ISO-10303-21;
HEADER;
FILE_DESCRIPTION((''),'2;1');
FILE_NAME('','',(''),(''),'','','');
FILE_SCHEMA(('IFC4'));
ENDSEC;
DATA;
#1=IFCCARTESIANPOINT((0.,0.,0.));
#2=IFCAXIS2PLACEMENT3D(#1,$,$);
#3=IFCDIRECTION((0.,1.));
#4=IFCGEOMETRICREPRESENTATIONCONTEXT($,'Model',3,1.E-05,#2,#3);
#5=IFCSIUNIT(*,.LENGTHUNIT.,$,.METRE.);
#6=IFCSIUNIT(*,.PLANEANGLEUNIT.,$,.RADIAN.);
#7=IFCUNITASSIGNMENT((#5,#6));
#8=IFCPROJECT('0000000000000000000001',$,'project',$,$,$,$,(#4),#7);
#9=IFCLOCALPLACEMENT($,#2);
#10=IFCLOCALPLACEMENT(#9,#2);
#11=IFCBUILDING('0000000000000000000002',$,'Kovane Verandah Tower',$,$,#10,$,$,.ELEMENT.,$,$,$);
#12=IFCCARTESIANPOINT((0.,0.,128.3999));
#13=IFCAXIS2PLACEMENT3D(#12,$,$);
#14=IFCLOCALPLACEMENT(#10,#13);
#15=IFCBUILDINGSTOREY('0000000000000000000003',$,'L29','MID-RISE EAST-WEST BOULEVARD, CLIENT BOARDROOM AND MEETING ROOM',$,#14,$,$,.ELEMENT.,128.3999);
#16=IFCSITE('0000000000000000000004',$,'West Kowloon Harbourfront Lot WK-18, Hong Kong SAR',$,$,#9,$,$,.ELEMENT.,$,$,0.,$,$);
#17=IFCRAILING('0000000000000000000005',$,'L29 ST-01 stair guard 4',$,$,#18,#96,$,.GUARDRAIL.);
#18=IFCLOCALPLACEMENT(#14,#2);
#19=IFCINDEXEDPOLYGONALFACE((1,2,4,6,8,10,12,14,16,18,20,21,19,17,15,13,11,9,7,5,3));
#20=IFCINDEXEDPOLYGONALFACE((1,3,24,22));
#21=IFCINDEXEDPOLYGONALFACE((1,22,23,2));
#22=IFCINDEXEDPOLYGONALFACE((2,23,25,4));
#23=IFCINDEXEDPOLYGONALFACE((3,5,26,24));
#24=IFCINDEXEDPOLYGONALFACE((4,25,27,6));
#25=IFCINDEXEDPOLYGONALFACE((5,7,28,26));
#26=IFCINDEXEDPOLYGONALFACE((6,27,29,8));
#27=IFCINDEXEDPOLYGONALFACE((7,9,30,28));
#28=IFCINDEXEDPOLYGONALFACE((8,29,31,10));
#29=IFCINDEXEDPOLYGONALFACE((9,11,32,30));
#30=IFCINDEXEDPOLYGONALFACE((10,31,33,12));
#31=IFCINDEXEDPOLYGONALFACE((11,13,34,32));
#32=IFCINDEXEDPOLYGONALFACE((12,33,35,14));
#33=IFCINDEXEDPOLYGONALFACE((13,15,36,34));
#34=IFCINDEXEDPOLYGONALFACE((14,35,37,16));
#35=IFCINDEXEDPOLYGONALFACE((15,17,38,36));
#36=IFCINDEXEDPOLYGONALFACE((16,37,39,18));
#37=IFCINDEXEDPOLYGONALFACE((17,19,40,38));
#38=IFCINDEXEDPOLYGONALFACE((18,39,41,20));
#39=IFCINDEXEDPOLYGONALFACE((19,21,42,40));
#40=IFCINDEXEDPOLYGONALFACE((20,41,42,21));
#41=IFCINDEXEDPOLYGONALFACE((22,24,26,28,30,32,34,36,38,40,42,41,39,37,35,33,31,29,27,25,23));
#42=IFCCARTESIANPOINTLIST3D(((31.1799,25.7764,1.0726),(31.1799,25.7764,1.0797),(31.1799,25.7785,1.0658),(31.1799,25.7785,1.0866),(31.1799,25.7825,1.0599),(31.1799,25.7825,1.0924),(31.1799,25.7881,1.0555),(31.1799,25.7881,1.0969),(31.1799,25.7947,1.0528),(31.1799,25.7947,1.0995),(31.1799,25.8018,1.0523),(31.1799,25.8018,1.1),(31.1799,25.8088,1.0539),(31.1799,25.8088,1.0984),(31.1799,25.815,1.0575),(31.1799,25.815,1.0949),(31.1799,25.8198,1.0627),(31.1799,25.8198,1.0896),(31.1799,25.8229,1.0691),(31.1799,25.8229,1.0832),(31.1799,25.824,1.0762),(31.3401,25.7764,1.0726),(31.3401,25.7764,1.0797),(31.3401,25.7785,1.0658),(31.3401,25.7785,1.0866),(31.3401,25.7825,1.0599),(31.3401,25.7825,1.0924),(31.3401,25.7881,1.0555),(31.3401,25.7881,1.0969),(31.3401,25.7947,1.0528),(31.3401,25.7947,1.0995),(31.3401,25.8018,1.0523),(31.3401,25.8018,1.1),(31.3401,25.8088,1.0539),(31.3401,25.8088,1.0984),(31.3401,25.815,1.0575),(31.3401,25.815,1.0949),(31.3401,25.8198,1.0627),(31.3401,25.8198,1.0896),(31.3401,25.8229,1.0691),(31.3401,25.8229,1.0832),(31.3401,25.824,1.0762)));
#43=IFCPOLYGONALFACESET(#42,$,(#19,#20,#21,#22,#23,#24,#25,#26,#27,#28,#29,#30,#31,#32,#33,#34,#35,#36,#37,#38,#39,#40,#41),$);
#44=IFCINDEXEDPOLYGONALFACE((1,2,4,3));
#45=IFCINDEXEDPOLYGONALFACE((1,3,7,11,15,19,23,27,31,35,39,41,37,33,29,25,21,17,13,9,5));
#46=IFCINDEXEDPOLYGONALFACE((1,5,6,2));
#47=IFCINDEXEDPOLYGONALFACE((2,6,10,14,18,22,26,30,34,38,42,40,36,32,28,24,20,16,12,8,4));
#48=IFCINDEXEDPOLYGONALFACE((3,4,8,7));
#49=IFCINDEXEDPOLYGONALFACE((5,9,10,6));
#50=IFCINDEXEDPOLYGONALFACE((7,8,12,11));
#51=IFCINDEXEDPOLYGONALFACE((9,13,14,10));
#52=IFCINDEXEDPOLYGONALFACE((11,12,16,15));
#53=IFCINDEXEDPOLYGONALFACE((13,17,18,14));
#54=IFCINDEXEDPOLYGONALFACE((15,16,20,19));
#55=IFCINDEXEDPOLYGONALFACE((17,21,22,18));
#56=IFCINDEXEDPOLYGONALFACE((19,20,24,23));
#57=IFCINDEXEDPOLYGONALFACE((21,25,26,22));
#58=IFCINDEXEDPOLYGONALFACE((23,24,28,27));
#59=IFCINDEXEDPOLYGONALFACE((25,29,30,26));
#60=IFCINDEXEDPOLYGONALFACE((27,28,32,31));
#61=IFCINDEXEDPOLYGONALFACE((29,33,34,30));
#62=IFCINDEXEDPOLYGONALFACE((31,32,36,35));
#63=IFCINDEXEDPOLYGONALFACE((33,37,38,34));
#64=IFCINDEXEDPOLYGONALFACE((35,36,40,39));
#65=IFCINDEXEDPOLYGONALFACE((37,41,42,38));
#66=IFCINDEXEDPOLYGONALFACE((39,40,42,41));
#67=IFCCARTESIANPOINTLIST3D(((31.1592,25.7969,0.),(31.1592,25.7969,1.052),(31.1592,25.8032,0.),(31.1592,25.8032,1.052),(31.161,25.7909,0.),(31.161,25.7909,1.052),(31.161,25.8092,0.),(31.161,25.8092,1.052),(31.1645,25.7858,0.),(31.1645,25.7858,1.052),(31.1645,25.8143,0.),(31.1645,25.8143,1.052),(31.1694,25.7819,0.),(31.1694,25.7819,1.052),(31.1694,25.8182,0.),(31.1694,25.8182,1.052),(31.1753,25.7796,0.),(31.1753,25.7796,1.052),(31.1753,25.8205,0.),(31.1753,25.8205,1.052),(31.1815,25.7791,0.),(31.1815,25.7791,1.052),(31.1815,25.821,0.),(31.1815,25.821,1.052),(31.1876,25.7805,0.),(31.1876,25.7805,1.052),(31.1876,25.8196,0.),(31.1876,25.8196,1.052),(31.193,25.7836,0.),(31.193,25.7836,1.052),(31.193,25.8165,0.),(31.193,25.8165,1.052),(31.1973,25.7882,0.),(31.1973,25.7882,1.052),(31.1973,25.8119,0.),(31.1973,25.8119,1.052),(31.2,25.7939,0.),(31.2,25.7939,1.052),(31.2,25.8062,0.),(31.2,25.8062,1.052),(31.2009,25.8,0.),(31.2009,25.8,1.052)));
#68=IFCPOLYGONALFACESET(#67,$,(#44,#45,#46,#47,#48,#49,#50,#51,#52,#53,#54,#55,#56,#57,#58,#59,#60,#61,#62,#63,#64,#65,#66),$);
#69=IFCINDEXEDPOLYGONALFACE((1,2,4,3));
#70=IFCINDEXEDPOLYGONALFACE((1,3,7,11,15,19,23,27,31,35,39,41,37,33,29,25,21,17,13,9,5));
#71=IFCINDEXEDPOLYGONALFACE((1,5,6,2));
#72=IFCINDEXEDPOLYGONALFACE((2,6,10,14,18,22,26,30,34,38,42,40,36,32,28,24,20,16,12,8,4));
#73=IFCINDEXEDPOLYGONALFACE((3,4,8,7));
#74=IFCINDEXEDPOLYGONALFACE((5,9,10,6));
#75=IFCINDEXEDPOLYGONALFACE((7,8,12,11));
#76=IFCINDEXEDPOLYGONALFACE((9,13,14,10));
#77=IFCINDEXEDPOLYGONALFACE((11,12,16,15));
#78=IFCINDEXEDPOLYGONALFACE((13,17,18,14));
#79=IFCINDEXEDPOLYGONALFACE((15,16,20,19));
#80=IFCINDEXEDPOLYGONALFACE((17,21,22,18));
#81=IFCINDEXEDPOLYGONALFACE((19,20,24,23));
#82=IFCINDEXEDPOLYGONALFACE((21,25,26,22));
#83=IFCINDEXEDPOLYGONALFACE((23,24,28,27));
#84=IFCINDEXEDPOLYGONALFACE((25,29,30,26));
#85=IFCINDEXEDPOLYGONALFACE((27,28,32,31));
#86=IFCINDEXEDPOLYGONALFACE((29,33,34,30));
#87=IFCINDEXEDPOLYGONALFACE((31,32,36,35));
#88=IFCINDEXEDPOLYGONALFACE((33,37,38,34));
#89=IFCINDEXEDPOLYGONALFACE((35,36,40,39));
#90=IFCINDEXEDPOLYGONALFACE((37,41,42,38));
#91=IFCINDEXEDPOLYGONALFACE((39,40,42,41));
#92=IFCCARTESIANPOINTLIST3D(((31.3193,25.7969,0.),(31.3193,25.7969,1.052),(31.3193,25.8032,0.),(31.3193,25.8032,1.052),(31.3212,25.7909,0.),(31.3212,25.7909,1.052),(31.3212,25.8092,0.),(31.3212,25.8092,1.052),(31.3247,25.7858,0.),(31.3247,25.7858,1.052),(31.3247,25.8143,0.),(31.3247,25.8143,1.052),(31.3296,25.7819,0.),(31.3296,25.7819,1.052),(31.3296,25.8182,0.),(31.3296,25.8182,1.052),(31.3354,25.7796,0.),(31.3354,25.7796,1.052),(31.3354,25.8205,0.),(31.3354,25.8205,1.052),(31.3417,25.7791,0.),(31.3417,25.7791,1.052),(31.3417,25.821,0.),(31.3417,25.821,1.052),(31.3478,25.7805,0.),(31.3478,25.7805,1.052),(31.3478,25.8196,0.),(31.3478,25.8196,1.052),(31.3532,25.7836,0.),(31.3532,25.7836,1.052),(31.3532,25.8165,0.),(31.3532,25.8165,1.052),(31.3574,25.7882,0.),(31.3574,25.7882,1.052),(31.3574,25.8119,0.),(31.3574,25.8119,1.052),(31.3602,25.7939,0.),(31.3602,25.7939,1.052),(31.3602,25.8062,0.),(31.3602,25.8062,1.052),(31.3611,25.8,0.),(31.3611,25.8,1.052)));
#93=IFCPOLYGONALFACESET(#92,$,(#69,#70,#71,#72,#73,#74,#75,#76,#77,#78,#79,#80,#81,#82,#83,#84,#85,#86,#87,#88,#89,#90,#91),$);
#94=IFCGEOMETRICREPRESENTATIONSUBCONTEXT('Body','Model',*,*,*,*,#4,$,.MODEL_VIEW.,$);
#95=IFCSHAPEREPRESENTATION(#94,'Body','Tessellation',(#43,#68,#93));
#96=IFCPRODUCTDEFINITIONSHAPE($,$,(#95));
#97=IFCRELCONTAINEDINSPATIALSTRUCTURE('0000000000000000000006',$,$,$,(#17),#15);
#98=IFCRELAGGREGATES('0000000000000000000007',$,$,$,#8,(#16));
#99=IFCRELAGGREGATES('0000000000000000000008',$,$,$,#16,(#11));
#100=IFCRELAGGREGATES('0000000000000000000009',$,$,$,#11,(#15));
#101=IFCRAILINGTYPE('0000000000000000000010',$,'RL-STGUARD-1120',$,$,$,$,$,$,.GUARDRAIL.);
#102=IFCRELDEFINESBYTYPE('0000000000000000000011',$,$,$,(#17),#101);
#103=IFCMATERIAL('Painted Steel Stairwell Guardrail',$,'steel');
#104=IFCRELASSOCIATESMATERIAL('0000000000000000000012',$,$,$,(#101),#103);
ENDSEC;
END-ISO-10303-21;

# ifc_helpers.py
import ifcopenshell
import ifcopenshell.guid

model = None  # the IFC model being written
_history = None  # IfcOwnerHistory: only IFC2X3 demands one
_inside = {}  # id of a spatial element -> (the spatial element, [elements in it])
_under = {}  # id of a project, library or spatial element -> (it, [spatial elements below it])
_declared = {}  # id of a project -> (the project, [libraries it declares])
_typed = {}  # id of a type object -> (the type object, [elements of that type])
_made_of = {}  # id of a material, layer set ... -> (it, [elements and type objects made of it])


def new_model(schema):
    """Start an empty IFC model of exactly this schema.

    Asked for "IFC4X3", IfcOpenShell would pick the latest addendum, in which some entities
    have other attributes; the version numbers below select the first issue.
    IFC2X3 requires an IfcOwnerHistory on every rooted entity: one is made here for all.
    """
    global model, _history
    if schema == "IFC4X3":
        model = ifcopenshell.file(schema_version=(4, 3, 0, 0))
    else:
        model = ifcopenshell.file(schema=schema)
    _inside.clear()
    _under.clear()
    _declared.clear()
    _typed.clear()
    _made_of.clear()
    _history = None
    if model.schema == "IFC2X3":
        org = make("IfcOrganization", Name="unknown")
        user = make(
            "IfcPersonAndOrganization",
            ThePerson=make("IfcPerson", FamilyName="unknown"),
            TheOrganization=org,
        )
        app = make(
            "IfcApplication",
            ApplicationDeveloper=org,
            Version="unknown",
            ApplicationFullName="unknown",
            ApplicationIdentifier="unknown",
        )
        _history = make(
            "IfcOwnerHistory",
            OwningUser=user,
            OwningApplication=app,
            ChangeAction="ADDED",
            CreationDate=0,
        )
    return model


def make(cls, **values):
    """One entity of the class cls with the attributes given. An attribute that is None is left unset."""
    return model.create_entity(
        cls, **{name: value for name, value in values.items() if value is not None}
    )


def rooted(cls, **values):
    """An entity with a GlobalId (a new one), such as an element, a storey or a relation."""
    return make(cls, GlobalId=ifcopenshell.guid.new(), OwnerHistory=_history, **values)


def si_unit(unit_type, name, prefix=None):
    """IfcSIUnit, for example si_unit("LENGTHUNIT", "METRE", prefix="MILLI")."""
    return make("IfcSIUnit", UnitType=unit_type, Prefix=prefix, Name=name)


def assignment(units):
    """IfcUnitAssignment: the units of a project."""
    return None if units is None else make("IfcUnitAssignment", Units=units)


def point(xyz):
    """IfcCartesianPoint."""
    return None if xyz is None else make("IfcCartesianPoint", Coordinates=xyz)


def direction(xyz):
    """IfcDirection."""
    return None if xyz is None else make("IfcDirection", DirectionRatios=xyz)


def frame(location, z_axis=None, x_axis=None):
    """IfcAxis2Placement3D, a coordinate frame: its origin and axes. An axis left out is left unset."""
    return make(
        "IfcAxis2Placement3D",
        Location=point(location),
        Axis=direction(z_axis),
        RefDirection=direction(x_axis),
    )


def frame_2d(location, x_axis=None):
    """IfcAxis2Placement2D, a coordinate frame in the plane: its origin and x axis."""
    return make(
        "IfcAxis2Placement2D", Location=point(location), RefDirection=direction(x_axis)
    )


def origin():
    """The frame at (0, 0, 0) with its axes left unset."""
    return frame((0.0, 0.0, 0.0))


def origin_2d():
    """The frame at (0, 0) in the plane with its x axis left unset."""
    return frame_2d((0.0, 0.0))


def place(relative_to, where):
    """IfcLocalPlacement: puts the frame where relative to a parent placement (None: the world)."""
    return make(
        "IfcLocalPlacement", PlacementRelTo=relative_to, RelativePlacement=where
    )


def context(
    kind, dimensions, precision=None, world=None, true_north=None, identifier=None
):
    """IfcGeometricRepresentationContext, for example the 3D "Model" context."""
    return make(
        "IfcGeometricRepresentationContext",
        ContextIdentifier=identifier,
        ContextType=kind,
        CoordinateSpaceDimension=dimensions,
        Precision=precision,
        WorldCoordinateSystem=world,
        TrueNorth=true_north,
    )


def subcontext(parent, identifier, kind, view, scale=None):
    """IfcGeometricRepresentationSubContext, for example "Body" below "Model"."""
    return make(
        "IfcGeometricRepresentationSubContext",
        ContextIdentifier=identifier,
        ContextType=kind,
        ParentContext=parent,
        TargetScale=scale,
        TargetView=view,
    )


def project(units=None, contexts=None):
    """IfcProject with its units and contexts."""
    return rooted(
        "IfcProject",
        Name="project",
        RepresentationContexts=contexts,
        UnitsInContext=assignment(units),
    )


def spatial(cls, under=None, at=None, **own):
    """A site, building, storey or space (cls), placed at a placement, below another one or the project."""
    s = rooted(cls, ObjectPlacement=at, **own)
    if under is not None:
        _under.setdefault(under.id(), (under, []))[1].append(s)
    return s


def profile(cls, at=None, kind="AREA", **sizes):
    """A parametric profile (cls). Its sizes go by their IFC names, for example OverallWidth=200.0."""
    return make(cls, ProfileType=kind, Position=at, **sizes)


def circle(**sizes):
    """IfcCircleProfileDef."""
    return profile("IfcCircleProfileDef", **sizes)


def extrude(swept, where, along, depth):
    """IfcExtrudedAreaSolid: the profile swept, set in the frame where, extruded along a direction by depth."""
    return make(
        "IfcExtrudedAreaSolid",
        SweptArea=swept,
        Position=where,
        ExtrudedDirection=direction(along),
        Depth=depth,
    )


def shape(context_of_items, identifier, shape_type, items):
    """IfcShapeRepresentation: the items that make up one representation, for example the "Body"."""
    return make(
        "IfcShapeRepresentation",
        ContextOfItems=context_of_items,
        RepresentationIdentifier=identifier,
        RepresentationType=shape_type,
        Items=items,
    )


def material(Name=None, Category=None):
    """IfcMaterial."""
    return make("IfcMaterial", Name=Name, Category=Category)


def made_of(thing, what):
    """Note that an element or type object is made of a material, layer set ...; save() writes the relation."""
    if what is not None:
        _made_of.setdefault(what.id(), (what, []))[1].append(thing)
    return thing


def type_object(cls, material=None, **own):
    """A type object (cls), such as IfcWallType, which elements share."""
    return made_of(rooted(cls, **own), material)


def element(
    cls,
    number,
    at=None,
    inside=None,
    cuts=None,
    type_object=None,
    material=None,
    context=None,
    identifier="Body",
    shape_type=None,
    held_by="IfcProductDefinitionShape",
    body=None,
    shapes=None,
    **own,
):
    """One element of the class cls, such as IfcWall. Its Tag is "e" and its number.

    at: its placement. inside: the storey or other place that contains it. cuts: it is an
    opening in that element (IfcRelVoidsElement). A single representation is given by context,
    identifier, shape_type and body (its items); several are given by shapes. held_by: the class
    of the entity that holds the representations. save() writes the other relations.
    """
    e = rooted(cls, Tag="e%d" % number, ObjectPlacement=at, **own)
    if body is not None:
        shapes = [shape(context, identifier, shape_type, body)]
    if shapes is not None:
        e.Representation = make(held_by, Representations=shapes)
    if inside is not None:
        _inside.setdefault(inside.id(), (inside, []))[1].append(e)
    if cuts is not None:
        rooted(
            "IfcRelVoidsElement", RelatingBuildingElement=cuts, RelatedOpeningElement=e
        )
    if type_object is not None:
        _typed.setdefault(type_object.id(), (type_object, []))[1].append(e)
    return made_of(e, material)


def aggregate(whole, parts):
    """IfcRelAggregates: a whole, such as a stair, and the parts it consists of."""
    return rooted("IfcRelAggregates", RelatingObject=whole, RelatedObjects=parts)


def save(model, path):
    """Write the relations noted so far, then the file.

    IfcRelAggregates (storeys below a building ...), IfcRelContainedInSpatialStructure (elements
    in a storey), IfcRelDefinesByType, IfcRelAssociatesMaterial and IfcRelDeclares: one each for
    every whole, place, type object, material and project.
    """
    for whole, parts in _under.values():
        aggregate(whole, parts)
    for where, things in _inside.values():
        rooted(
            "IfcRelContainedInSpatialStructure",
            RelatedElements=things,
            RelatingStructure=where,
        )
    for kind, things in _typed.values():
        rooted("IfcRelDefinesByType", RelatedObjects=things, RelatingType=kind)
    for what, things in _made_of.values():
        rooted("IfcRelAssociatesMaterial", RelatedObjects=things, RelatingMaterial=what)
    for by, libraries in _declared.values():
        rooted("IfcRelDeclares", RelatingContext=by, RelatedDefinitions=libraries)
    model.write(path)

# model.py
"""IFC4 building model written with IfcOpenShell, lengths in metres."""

from ifc_helpers import new_model, si_unit, direction, frame, origin, origin_2d, place, context, subcontext, project, spatial, circle, extrude, material, type_object, element, save


model = new_model("IFC4")

# Units and contexts
model_context = context("Model", 3, precision=1e-05, world=origin(), true_north=direction((0.0, 1.0)))
body_context = subcontext(model_context, "Body", "Model", "MODEL_VIEW")
ifc_project = project(units=[si_unit("LENGTHUNIT", "METRE"), si_unit("PLANEANGLEUNIT", "RADIAN")], contexts=[model_context])

# Site, building, storey
site_placement = place(None, origin())
site = spatial("IfcSite", under=ifc_project, at=site_placement, Name="West Kowloon Harbourfront Lot WK-18, Hong Kong SAR", CompositionType="ELEMENT", RefElevation=0.0)
building_placement = place(site_placement, origin())
building = spatial("IfcBuilding", under=site, at=building_placement, Name="Kovane Verandah Tower", CompositionType="ELEMENT")
storey_placement = place(building_placement, frame((0.0, 0.0, 128.3999)))
storey = spatial("IfcBuildingStorey", under=building, at=storey_placement, Name="L29", Description="MID-RISE EAST-WEST BOULEVARD, CLIENT BOARDROOM AND MEETING ROOM", CompositionType="ELEMENT", Elevation=128.3999)

# Railing
ifc_material_1 = material(Name="Painted Steel Stairwell Guardrail", Category="steel")
railing_type_1 = type_object("IfcRailingType", Name="RL-STGUARD-1120", PredefinedType="GUARDRAIL", material=ifc_material_1)
railing_1_placement = place(storey_placement, frame((31.1799, 25.8, 0.0)))
element("IfcRailing", 1, at=railing_1_placement, inside=storey, type_object=railing_type_1, Name="L29 ST-01 stair guard 4", PredefinedType="GUARDRAIL", context=body_context, shape_type="SweptSolid", body=[
    extrude(circle(Radius=0.0239, at=origin_2d()), frame((0.0, 0.0, 1.0762), z_axis=(1.0, 0.0, 0.0), x_axis=(0.0, 1.0, 0.0)), (0.0, 0.0, 1.0), 0.1602),
    extrude(circle(Radius=0.021, at=origin_2d()), origin(), (0.0, 0.0, 1.0), 1.052),
    extrude(circle(Radius=0.021, at=origin_2d()), frame((0.1602, 0.0, 0.0)), (0.0, 0.0, 1.0), 1.052),
])

save(model, "model.ifc")
